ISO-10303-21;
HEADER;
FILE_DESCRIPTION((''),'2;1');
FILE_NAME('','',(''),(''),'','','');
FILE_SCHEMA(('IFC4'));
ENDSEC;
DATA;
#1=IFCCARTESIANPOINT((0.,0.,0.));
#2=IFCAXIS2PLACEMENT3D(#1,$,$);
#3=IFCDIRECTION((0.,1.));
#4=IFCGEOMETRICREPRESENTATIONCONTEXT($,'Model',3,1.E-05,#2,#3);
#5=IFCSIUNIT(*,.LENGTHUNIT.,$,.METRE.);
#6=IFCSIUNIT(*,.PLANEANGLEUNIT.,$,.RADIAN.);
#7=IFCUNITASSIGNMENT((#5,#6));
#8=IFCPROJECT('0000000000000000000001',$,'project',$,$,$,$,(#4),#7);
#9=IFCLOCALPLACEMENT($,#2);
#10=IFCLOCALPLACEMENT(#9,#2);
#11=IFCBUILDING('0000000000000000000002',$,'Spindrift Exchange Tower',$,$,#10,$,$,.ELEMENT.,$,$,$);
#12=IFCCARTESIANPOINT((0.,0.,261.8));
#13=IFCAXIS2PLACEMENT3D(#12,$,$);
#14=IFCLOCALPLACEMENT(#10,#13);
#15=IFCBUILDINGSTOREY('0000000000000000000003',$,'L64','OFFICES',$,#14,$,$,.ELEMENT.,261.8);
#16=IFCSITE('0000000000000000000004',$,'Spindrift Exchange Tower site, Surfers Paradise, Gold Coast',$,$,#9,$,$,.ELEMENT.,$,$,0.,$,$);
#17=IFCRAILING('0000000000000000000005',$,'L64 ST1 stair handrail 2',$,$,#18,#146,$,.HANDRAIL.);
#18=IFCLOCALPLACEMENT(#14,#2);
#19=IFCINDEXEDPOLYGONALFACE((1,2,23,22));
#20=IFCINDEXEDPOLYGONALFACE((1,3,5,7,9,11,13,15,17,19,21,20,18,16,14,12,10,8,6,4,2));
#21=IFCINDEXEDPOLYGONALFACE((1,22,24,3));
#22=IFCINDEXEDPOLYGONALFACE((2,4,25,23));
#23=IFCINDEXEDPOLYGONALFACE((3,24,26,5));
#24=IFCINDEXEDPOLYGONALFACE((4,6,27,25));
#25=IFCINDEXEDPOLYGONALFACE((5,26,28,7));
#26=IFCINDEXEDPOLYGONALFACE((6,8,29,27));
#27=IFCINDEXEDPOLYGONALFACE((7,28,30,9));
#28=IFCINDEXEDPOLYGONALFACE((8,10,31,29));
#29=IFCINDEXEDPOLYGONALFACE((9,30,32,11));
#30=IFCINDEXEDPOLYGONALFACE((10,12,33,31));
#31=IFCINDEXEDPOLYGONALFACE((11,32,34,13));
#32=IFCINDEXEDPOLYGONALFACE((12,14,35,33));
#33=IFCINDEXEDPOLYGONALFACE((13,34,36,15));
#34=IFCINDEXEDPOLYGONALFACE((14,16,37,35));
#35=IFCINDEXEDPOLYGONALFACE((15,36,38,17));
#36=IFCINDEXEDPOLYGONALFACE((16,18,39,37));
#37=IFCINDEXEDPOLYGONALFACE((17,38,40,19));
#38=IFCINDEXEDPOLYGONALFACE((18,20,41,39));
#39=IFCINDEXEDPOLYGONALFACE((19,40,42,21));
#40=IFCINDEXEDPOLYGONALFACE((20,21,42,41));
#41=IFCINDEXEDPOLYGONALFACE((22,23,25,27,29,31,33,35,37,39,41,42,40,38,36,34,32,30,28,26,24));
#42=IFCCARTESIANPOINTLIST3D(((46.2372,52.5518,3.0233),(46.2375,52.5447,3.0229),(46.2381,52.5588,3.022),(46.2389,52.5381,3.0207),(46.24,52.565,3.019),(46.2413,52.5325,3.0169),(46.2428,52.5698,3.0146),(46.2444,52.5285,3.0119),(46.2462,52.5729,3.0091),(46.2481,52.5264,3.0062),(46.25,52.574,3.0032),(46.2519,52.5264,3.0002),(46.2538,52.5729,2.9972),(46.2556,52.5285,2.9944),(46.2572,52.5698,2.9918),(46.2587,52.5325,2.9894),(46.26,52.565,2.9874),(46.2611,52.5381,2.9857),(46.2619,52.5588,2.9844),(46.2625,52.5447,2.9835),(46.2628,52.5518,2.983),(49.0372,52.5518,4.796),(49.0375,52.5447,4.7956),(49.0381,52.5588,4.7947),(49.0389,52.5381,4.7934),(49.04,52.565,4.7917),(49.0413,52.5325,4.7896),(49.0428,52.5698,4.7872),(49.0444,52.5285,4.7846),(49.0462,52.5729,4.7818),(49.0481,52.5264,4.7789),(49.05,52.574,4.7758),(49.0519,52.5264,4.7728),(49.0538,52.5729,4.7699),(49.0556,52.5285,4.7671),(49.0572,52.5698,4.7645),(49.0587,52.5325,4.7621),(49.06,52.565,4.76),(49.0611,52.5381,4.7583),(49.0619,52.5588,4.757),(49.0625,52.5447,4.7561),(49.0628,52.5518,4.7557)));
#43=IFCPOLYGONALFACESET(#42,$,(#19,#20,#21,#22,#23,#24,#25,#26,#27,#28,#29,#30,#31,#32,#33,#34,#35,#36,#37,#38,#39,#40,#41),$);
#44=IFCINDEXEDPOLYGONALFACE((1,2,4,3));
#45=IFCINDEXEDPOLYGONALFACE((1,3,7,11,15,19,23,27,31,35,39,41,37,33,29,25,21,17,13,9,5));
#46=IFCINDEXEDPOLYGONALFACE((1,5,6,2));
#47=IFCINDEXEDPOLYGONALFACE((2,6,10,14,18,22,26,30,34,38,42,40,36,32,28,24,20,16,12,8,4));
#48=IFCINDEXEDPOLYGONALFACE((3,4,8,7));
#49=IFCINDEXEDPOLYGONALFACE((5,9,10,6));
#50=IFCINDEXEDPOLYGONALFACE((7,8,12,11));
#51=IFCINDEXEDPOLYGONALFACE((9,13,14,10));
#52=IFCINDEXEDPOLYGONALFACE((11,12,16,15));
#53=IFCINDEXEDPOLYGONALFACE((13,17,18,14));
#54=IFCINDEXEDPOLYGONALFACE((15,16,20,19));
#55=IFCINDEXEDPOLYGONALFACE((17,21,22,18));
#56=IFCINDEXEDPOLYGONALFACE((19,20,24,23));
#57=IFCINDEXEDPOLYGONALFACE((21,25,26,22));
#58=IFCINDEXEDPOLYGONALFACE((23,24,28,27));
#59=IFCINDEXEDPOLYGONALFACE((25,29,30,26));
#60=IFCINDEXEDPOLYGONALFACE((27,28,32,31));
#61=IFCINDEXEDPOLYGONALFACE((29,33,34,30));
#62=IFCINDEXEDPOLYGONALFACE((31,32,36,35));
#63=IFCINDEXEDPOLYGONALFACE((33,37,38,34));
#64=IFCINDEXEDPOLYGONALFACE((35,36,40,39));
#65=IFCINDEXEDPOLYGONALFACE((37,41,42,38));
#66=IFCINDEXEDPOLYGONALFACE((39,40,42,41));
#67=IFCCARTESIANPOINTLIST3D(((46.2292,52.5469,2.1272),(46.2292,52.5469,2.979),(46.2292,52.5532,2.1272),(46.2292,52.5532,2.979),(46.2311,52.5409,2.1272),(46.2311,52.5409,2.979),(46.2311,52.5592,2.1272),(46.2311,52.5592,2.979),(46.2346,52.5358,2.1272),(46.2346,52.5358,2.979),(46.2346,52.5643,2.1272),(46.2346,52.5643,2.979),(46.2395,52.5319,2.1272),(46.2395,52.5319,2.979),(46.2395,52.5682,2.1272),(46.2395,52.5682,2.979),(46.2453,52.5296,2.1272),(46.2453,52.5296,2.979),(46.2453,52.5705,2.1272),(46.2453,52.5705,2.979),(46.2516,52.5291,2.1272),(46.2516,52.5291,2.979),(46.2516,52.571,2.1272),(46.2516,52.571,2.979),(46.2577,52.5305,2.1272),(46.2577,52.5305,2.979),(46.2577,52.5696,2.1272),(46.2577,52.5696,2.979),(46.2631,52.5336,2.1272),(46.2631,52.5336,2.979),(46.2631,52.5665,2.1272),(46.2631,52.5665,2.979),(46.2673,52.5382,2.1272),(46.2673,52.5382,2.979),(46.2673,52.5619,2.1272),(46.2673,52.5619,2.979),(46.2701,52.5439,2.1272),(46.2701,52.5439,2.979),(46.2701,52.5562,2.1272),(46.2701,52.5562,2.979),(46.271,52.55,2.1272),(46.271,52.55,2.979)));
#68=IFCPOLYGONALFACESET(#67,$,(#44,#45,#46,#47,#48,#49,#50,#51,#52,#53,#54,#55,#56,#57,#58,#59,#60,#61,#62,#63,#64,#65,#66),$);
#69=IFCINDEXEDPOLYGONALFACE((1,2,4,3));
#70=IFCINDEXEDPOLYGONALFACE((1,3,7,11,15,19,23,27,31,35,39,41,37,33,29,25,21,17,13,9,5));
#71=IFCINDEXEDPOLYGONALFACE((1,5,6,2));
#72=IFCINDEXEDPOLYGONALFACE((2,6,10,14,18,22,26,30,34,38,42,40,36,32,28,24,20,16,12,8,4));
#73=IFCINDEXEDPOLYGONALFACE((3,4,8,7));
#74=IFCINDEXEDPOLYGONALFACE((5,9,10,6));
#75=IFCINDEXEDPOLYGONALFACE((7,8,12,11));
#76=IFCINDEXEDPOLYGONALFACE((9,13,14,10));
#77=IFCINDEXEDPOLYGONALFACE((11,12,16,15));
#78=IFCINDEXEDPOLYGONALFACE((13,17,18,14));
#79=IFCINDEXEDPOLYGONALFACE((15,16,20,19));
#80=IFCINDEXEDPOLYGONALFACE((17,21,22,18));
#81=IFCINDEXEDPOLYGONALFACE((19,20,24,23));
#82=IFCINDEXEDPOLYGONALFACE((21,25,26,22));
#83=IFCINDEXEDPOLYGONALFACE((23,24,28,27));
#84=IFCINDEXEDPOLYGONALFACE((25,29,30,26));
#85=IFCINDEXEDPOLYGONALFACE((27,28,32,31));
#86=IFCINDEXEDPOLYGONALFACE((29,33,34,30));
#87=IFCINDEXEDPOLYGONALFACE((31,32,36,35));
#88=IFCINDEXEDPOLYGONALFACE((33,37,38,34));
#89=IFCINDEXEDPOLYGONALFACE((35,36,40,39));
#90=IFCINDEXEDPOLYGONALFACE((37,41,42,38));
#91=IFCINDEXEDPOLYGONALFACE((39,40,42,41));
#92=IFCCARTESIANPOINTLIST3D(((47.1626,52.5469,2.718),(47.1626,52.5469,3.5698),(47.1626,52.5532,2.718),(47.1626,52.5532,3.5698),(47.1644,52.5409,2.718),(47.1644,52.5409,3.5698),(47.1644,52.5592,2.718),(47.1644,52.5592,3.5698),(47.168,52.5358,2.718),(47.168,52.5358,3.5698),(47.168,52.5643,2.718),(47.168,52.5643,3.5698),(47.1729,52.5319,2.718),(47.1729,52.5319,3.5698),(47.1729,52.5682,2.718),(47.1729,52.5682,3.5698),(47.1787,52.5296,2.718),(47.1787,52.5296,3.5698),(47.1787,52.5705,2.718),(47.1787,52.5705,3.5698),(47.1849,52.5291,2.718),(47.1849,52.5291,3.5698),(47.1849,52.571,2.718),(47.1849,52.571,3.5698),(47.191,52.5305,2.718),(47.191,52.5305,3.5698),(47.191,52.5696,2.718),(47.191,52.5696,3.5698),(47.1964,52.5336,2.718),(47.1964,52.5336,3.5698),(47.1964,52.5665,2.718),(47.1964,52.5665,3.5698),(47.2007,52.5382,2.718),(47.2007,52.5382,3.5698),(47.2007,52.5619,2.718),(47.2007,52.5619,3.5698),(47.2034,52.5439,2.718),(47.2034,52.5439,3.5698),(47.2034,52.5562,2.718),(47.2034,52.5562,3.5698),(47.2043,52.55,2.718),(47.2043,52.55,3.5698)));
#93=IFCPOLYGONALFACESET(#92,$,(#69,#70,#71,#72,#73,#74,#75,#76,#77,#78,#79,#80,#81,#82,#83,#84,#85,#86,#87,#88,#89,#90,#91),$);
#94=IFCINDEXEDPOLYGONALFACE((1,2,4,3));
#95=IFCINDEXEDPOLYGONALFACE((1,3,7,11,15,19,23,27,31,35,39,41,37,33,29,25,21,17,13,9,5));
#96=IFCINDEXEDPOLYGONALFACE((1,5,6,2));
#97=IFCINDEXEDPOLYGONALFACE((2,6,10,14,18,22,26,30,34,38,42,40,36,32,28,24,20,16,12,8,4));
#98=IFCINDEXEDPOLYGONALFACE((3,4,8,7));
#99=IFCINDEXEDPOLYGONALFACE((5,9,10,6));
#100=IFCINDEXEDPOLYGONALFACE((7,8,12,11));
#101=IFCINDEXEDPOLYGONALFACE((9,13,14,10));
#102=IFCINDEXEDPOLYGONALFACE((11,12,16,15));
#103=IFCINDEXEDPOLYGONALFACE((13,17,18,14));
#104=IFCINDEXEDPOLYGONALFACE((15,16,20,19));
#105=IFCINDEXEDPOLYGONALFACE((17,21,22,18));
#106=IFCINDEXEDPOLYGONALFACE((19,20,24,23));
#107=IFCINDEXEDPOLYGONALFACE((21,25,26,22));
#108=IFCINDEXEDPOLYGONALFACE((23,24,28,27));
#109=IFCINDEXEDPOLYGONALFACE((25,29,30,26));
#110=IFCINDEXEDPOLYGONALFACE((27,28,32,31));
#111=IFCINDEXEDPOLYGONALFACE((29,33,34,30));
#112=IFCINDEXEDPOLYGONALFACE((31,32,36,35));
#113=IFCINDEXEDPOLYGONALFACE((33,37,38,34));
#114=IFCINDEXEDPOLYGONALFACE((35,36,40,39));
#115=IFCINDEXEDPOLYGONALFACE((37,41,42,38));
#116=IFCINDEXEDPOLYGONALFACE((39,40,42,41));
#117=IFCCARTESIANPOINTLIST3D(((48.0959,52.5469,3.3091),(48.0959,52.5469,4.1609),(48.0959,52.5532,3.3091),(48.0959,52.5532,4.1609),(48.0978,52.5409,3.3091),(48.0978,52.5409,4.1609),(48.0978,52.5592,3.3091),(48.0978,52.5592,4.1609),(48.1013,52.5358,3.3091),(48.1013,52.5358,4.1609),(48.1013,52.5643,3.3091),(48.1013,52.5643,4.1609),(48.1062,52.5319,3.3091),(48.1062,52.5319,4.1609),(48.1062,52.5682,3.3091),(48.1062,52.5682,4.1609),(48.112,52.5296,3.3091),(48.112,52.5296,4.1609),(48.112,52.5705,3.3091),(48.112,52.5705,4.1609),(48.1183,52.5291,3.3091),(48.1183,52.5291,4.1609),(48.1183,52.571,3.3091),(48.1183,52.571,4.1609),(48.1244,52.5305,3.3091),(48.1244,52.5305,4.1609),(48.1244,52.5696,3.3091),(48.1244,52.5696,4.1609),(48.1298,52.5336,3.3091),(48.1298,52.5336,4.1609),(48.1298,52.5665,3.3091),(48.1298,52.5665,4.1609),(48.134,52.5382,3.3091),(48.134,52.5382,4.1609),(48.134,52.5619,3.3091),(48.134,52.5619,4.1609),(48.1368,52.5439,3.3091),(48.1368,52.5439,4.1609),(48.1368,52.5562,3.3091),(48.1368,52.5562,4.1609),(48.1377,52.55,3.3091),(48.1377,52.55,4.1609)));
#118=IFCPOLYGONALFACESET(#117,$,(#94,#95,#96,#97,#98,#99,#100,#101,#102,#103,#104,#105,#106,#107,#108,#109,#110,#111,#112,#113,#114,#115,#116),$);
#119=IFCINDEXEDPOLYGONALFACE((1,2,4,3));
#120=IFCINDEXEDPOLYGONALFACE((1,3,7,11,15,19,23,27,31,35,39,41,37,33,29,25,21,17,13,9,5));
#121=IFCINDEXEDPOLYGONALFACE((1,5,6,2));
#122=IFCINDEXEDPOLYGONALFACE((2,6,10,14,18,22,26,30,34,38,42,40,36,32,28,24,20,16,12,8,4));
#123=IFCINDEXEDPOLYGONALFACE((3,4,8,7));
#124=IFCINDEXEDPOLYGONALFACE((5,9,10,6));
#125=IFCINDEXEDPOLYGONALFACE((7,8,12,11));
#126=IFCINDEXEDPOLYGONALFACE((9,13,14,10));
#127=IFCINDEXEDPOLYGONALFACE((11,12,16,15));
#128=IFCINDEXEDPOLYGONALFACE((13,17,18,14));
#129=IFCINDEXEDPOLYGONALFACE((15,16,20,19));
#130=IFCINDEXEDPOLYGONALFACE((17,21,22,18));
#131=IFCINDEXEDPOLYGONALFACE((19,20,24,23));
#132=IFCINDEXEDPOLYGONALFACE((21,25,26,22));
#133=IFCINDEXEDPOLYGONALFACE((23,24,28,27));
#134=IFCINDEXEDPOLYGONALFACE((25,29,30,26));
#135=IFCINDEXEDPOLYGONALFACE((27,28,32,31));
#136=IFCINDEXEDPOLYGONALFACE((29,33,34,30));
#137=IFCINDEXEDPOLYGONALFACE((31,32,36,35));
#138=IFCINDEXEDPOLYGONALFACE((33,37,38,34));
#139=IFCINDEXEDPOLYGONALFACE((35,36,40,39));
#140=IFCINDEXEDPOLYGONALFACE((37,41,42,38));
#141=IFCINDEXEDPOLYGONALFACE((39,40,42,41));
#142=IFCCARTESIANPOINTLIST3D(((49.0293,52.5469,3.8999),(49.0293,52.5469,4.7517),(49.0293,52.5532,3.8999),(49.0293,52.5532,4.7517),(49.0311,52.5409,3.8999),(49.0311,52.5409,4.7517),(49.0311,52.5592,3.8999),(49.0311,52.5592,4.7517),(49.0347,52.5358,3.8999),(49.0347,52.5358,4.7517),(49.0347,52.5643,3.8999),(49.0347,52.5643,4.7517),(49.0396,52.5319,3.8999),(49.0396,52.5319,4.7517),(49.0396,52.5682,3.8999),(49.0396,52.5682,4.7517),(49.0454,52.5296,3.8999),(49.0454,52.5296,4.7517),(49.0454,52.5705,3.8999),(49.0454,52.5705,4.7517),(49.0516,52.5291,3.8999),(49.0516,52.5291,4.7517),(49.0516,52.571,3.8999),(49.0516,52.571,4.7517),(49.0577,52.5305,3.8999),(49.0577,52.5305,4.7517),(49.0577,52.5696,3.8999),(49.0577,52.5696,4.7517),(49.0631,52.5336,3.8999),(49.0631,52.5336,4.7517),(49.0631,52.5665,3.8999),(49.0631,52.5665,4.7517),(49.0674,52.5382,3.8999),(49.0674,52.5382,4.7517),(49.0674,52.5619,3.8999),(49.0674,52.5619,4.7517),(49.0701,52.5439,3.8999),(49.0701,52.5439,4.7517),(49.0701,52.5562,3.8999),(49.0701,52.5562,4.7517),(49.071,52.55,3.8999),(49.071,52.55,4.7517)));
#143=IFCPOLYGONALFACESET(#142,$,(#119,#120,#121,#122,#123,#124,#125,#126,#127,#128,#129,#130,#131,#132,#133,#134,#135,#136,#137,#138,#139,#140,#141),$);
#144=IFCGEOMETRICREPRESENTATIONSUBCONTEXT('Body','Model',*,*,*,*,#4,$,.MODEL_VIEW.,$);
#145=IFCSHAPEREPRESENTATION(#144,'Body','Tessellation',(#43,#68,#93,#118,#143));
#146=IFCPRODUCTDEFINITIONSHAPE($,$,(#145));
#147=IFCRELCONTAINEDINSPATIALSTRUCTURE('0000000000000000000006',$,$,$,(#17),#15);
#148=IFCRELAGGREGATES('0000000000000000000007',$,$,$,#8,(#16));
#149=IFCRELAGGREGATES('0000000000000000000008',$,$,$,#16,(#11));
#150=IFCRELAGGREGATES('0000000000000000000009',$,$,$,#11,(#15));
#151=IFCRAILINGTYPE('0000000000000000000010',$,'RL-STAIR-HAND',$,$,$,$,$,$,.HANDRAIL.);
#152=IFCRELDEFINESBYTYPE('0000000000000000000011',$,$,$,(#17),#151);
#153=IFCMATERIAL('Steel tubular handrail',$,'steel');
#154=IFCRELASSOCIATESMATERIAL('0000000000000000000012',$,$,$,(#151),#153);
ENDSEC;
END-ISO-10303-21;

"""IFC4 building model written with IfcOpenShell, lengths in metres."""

from ifc_helpers import new_model, si_unit, direction, frame, origin, origin_2d, place, context, subcontext, project, spatial, circle, extrude, material, type_object, element, save


model = new_model("IFC4")

# Units and contexts
model_context = context("Model", 3, precision=1e-05, world=origin(), true_north=direction((0.0, 1.0)))
body_context = subcontext(model_context, "Body", "Model", "MODEL_VIEW")
ifc_project = project(units=[si_unit("LENGTHUNIT", "METRE"), si_unit("PLANEANGLEUNIT", "RADIAN")], contexts=[model_context])

# Site, building, storey
site_placement = place(None, origin())
site = spatial("IfcSite", under=ifc_project, at=site_placement, Name="Spindrift Exchange Tower site, Surfers Paradise, Gold Coast", CompositionType="ELEMENT", RefElevation=0.0)
building_placement = place(site_placement, origin())
building = spatial("IfcBuilding", under=site, at=building_placement, Name="Spindrift Exchange Tower", CompositionType="ELEMENT")
storey_placement = place(building_placement, frame((0.0, 0.0, 261.8)))
storey = spatial("IfcBuildingStorey", under=building, at=storey_placement, Name="L64", Description="OFFICES", CompositionType="ELEMENT", Elevation=261.8)

# Railing
ifc_material_1 = material(Name="Steel tubular handrail", Category="steel")
railing_type_1 = type_object("IfcRailingType", Name="RL-STAIR-HAND", PredefinedType="HANDRAIL", material=ifc_material_1)
railing_1_placement = place(storey_placement, frame((46.25, 52.55, 2.1272)))
element("IfcRailing", 1, at=railing_1_placement, inside=storey, type_object=railing_type_1, Name="L64 ST1 stair handrail 2", PredefinedType="HANDRAIL", context=body_context, shape_type="SweptSolid", body=[
    extrude(circle(Radius=0.0239, at=origin_2d()), frame((0.0, 0.0, 0.876), z_axis=(0.844909, 0.0, 0.53491), x_axis=(0.0, 1.0, 0.0)), (0.0, 0.0, 1.0), 3.314),
    extrude(circle(Radius=0.021, at=origin_2d()), origin(), (0.0, 0.0, 1.0), 0.8518),
    extrude(circle(Radius=0.021, at=origin_2d()), frame((0.9333, 0.0, 0.5908)), (0.0, 0.0, 1.0), 0.8518),
    extrude(circle(Radius=0.021, at=origin_2d()), frame((1.8667, 0.0, 1.1819)), (0.0, 0.0, 1.0), 0.8518),
    extrude(circle(Radius=0.021, at=origin_2d()), frame((2.8, 0.0, 1.7727)), (0.0, 0.0, 1.0), 0.8518),
])

save(model, "model.ifc")
